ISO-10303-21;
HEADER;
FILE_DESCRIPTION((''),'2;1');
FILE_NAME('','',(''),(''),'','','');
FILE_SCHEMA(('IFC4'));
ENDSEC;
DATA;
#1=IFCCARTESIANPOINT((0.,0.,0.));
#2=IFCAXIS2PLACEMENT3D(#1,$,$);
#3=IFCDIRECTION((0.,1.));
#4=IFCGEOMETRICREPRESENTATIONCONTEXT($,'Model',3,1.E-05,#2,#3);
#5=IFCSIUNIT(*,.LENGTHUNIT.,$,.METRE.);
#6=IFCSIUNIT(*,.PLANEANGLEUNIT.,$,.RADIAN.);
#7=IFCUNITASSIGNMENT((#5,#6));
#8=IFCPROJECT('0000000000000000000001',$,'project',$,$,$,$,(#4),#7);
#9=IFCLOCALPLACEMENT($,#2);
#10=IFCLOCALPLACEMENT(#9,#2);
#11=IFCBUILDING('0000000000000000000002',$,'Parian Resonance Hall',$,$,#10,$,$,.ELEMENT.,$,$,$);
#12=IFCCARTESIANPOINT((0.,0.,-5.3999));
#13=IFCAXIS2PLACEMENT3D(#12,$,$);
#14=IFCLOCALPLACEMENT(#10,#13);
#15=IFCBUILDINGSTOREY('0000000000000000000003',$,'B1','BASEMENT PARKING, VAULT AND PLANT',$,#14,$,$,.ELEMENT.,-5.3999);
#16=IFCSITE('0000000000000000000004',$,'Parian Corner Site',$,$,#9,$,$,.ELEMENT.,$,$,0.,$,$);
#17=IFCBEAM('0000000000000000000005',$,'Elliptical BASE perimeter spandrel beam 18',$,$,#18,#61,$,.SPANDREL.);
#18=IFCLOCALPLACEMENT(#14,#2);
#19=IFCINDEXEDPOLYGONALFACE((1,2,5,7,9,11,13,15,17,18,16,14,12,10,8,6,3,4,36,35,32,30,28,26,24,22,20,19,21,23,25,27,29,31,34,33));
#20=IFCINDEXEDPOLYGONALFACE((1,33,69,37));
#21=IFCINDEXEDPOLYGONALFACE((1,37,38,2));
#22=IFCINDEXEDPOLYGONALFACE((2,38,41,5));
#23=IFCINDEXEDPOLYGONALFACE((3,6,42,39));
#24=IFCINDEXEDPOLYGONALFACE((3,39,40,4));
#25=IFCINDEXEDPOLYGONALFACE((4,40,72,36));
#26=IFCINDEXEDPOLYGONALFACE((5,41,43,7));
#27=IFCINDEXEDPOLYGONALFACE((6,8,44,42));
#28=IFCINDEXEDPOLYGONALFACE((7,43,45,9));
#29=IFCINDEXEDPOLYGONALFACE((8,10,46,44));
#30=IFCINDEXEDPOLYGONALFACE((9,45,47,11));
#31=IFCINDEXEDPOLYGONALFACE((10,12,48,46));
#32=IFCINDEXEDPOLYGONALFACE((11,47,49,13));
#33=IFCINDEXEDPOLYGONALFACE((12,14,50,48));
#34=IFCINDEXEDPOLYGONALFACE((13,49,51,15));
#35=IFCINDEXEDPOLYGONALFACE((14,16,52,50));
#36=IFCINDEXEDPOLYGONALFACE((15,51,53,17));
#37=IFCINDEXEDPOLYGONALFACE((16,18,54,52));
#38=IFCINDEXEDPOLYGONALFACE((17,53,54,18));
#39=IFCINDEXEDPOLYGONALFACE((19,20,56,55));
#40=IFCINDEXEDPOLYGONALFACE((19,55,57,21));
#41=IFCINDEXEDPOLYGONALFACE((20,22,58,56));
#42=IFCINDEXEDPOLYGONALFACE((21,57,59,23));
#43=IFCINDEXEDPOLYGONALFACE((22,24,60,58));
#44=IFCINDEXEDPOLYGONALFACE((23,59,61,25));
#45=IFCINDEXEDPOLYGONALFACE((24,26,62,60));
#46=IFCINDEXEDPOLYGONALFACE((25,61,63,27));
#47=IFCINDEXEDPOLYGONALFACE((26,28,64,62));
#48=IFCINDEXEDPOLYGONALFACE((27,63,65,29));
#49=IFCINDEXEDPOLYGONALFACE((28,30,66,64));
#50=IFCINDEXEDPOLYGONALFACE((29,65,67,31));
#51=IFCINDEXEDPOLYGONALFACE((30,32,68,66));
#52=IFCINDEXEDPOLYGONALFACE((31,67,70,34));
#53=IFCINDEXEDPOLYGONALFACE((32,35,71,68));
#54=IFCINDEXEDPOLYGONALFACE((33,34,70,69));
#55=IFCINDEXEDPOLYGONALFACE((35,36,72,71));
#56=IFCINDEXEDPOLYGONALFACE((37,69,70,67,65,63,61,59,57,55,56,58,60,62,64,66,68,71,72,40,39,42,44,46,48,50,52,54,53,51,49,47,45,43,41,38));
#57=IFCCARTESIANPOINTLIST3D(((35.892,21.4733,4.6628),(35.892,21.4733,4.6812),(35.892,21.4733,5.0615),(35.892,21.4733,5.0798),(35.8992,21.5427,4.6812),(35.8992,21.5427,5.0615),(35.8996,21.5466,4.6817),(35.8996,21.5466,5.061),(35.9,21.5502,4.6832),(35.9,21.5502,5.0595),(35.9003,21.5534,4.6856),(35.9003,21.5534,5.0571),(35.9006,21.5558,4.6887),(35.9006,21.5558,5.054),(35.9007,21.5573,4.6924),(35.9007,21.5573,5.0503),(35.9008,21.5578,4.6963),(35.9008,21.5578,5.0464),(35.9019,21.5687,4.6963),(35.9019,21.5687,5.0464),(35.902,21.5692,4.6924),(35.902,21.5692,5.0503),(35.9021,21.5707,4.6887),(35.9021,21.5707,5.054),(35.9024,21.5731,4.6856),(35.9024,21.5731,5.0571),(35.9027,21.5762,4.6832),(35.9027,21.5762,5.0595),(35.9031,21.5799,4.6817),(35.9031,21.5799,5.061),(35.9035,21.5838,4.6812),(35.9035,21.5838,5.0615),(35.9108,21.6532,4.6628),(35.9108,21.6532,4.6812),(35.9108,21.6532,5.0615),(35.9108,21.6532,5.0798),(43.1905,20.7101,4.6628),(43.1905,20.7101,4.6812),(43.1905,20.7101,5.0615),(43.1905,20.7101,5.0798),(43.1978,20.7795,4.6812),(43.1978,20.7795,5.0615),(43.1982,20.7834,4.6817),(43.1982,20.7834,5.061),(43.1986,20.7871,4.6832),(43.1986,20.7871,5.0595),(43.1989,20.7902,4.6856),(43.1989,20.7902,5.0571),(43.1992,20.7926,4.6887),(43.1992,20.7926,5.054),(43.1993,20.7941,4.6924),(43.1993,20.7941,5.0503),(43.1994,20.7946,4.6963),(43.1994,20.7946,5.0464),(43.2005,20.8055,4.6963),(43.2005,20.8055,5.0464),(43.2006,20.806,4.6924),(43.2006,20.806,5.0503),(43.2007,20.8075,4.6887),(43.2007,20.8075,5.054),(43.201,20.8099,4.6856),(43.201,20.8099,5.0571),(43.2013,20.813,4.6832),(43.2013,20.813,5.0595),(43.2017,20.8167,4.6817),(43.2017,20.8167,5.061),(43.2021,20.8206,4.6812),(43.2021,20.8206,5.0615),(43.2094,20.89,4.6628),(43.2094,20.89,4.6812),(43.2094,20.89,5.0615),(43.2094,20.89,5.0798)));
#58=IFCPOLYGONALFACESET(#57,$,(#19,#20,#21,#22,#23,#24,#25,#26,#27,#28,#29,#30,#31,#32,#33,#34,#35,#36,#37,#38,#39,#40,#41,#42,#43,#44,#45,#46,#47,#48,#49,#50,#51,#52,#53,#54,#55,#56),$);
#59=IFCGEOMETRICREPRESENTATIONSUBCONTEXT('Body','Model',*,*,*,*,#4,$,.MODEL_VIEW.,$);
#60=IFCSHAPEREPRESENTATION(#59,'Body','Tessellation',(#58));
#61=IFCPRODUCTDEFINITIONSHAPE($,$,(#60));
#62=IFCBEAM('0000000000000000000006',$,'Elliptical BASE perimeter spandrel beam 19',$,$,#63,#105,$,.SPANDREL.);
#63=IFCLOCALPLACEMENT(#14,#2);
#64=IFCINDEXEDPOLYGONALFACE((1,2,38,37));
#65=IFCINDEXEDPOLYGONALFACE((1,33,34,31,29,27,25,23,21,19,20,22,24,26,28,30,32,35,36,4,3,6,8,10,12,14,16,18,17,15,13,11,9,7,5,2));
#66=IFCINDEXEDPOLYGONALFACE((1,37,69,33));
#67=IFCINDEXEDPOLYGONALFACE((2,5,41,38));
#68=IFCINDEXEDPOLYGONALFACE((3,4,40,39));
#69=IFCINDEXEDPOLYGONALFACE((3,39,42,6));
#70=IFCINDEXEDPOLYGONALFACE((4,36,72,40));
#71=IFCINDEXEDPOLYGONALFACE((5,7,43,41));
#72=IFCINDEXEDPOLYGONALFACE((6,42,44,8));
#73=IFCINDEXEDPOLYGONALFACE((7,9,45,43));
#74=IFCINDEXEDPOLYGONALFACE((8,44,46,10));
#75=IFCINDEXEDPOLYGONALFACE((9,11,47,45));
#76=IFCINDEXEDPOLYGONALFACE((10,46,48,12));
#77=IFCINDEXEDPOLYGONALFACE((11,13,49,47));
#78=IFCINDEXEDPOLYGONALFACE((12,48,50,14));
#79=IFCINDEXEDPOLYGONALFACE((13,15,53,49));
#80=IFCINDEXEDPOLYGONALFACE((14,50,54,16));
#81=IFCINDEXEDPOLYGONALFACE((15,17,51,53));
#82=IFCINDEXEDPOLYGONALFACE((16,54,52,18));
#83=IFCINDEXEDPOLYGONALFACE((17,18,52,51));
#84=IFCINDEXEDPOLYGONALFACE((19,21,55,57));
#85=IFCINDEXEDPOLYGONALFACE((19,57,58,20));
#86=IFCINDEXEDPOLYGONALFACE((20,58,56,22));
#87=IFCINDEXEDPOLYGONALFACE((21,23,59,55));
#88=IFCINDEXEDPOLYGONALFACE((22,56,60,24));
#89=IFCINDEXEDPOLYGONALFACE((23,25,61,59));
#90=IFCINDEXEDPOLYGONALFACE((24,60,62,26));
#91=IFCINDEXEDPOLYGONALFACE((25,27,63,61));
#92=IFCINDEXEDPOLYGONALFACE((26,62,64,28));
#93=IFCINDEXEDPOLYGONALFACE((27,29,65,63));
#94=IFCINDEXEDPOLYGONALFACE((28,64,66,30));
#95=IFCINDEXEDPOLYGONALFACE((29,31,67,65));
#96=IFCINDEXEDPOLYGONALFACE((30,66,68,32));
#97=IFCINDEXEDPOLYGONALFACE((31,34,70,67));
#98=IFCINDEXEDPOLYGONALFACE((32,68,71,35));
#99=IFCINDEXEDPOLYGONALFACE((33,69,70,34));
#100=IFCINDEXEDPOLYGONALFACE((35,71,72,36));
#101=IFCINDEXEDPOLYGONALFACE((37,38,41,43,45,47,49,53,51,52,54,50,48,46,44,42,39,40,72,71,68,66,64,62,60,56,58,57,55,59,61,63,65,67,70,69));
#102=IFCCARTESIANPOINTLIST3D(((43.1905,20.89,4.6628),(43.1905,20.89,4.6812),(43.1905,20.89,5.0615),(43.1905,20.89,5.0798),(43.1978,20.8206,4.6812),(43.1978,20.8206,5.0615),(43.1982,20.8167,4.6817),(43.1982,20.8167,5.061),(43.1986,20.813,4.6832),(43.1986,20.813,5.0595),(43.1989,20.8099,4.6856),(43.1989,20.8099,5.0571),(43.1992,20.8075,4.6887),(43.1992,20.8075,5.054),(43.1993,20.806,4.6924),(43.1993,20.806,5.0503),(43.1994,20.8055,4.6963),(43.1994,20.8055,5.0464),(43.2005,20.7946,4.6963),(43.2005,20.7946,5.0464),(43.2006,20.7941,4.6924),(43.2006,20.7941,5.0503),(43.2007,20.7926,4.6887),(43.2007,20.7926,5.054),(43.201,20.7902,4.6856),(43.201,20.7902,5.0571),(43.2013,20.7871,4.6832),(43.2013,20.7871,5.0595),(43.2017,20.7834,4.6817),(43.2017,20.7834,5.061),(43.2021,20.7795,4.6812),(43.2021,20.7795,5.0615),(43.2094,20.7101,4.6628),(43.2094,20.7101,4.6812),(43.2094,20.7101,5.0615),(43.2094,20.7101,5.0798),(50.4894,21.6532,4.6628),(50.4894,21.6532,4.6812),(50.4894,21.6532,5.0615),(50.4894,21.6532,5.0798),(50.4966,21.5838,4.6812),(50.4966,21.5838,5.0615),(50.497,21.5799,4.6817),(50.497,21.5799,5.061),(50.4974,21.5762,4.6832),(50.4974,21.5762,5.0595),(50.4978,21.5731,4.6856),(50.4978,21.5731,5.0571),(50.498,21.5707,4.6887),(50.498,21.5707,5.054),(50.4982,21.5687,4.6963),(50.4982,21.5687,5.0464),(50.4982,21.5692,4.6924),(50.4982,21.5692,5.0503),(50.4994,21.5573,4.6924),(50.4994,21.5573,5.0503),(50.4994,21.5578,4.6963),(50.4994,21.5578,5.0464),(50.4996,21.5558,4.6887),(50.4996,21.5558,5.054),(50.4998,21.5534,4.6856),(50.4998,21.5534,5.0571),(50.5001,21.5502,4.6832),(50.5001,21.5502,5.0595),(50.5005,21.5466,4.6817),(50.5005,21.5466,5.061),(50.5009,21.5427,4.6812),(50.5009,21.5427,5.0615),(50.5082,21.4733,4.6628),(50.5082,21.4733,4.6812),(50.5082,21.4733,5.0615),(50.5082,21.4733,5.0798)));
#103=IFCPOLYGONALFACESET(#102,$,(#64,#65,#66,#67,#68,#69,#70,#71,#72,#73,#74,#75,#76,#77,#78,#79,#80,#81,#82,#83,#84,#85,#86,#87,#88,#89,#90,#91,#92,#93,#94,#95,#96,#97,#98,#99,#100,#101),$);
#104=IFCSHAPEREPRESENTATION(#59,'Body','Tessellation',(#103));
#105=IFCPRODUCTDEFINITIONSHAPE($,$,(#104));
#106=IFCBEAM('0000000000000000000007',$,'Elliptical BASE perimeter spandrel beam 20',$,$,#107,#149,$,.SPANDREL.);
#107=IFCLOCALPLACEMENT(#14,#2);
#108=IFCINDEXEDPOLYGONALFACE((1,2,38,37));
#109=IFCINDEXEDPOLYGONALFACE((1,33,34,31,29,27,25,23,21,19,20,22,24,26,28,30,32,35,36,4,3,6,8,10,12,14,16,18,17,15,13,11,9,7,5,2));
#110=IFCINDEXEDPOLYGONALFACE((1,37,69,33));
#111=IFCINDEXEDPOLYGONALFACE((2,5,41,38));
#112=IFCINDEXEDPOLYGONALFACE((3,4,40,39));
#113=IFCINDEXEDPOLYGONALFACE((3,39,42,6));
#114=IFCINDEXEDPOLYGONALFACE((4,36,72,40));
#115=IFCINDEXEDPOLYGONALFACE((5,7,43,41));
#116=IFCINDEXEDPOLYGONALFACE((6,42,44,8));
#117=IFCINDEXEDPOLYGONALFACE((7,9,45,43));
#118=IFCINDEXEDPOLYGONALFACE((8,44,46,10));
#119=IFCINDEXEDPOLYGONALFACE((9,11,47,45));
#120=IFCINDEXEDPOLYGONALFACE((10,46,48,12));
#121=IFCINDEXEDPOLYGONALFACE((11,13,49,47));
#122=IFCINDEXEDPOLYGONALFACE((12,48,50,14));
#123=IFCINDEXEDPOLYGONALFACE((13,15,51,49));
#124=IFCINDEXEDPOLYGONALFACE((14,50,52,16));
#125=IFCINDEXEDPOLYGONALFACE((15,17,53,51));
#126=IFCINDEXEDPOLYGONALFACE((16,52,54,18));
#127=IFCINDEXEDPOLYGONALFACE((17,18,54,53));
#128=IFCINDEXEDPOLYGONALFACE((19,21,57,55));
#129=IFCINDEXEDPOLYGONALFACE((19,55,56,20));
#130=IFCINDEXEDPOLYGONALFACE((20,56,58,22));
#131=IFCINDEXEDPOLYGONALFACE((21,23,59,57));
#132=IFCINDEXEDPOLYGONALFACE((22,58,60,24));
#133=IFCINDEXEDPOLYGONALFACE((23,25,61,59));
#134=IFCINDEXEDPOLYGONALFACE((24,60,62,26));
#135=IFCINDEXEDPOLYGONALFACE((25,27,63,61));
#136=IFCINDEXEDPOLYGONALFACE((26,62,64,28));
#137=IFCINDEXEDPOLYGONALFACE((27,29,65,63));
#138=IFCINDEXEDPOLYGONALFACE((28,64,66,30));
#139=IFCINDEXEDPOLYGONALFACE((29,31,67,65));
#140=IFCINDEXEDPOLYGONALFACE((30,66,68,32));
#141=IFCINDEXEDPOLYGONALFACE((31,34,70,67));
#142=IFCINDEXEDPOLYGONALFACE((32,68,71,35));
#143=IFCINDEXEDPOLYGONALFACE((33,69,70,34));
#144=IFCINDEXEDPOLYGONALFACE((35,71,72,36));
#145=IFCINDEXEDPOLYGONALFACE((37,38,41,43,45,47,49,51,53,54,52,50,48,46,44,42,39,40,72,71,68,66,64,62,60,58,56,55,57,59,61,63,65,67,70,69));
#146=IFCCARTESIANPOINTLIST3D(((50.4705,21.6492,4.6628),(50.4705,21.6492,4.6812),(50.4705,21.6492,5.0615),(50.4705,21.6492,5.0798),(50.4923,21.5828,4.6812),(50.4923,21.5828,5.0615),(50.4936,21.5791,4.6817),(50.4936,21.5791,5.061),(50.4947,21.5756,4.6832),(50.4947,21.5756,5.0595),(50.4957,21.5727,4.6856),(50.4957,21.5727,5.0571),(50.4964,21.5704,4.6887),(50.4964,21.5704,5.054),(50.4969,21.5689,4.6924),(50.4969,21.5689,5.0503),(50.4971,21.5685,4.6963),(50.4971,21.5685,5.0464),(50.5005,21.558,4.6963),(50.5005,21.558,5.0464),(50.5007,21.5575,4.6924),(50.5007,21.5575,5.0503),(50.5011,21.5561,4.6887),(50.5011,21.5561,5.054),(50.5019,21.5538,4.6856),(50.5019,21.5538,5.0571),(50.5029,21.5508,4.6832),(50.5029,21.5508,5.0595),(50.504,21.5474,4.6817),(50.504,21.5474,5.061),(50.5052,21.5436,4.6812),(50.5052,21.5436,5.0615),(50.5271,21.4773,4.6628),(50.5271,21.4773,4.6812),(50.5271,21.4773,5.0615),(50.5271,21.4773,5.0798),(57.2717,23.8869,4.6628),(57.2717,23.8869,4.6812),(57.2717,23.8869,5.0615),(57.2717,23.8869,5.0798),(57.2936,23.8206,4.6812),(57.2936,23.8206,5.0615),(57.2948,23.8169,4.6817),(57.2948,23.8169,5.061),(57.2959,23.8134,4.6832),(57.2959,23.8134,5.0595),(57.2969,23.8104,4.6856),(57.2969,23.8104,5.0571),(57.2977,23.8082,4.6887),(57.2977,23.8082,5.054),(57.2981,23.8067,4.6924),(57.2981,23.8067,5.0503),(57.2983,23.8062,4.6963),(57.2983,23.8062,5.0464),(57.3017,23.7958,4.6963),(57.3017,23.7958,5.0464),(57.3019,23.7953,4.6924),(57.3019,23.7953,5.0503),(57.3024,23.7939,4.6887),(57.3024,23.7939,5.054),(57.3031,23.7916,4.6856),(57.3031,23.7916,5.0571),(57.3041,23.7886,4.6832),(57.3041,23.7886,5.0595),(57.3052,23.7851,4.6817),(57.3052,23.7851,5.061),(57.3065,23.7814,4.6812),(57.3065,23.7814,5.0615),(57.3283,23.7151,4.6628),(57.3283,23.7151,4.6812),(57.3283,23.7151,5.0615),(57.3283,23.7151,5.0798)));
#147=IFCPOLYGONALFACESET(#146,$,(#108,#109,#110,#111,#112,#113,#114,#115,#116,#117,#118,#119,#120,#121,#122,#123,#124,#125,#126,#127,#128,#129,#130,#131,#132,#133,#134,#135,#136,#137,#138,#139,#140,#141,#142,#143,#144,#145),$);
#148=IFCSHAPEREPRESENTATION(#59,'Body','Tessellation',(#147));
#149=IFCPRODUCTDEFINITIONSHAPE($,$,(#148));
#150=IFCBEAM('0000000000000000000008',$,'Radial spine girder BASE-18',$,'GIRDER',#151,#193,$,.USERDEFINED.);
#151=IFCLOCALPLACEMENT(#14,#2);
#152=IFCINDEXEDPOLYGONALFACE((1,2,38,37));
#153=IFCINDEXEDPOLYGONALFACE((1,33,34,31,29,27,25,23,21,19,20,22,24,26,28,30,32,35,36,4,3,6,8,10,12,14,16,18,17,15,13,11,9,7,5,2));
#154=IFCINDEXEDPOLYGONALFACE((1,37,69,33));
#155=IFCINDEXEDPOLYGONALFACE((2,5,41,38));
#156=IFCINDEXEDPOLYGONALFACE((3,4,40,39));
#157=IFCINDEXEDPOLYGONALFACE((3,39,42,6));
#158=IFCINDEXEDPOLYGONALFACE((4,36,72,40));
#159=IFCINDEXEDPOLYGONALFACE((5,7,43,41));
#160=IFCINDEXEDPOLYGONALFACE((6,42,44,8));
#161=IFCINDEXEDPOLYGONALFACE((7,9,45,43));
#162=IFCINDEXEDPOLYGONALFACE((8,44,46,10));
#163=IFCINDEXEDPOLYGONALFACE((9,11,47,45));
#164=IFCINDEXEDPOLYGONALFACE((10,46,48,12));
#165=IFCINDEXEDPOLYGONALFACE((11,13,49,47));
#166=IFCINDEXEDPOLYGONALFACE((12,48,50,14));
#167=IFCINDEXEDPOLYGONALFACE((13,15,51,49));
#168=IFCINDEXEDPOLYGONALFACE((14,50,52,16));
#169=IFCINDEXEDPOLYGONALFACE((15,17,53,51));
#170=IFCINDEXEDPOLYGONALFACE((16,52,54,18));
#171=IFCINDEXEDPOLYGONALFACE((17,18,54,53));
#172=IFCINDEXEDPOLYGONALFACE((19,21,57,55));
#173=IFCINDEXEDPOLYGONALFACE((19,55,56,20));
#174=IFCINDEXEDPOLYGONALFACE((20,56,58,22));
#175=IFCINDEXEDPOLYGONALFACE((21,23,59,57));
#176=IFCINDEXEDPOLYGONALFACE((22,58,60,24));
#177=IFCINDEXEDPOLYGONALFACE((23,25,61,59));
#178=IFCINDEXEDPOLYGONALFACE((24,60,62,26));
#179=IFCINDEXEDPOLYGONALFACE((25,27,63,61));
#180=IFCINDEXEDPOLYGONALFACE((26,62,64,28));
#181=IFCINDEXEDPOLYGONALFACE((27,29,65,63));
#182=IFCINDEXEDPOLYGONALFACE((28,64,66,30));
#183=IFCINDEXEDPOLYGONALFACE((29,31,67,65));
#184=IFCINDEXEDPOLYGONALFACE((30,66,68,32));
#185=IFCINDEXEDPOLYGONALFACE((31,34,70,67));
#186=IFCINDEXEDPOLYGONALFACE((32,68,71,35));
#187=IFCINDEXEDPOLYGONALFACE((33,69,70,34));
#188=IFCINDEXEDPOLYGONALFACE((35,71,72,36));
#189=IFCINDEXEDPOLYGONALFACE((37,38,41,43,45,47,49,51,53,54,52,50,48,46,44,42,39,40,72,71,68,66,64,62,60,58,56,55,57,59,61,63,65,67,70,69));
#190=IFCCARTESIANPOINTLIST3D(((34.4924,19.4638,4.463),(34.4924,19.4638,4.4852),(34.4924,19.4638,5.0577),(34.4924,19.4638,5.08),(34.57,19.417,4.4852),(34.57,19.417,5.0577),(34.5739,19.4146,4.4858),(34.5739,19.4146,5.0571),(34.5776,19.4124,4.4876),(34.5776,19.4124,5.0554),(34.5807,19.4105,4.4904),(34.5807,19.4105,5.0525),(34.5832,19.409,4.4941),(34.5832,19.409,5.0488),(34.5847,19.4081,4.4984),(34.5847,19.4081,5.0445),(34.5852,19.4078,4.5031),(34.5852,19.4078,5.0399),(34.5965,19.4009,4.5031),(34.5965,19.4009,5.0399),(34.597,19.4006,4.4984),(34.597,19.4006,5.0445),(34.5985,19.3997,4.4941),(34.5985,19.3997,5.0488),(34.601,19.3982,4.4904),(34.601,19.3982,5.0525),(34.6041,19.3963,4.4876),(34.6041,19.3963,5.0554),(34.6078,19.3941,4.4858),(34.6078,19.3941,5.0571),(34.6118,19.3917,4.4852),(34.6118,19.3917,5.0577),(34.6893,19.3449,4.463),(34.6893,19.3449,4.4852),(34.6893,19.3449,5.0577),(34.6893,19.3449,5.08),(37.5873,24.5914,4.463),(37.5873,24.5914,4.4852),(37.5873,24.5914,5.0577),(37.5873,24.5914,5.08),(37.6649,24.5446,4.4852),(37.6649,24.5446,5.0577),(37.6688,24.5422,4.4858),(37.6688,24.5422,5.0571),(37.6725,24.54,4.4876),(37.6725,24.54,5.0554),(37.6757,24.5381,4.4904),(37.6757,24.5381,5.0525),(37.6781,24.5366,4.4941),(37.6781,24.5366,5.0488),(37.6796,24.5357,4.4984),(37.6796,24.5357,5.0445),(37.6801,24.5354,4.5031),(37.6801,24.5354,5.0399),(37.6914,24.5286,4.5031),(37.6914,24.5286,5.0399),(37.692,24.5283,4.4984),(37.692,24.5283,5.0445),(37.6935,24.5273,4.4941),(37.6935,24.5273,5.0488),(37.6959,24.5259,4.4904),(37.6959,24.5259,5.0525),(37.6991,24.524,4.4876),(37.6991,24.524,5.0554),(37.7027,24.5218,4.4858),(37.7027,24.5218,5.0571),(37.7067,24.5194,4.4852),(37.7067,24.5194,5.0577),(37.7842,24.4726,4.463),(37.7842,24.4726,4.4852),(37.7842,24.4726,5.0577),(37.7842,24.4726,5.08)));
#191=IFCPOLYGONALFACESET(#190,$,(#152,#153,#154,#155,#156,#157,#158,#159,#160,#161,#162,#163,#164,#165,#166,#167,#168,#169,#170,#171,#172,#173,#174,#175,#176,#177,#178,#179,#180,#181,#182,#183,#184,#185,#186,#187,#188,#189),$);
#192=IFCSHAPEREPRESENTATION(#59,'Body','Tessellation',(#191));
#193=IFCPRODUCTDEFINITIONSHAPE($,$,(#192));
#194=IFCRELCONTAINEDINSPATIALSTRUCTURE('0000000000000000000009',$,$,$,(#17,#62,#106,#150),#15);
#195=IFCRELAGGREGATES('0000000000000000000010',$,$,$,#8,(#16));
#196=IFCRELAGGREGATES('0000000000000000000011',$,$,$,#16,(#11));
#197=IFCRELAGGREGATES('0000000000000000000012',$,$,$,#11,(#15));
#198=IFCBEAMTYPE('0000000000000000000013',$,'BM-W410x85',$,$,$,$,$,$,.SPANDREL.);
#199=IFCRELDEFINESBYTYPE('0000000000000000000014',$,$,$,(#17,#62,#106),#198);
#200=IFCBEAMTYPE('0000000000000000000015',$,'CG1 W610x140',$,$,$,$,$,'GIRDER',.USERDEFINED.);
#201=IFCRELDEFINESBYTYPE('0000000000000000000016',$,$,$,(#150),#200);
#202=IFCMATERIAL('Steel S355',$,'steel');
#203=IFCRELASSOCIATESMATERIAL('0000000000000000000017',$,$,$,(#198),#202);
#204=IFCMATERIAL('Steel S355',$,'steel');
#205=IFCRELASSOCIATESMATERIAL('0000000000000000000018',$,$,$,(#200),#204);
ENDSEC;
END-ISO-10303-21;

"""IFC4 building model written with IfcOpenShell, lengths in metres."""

from ifc_helpers import new_model, si_unit, direction, frame, origin, origin_2d, place, context, subcontext, project, spatial, i_section, extrude, material, material_profile, profile_set, type_object, element, save


model = new_model("IFC4")

# Units and contexts
model_context = context("Model", 3, precision=1e-05, world=origin(), true_north=direction((0.0, 1.0)))
body_context = subcontext(model_context, "Body", "Model", "MODEL_VIEW")
ifc_project = project(units=[si_unit("LENGTHUNIT", "METRE"), si_unit("PLANEANGLEUNIT", "RADIAN")], contexts=[model_context])

# Site, building, storey
site_placement = place(None, origin())
site = spatial("IfcSite", under=ifc_project, at=site_placement, Name="Parian Corner Site", CompositionType="ELEMENT", RefElevation=0.0)
building_placement = place(site_placement, origin())
building = spatial("IfcBuilding", under=site, at=building_placement, Name="Parian Resonance Hall", CompositionType="ELEMENT")
storey_placement = place(building_placement, frame((0.0, 0.0, -5.3999)))
storey = spatial("IfcBuildingStorey", under=building, at=storey_placement, Name="B1", Description="BASEMENT PARKING, VAULT AND PLANT", CompositionType="ELEMENT", Elevation=-5.3999)

# Beams
ifc_material_1 = material(Name="Steel S355", Category="steel")
ifc_material_profile_1 = material_profile(ifc_material_1, i_section(OverallWidth=0.1809, OverallDepth=0.417, WebThickness=0.011, FlangeThickness=0.0183, FilletRadius=0.0151, at=origin_2d()), Name="W410x85")
ifc_profile_set_1 = profile_set([ifc_material_profile_1], Name="Steel S355")
beam_type_1 = type_object("IfcBeamType", Name="BM-W410x85", PredefinedType="SPANDREL", material=ifc_profile_set_1)
beam_1_placement = place(storey_placement, frame((35.9014, 21.5632, 4.8713), z_axis=(0.994577, -0.103999, 0.0), x_axis=(0.103999, 0.994577, 0.0)))
element("IfcBeam", 1, at=beam_1_placement, inside=storey, type_object=beam_type_1, Name="Elliptical BASE perimeter spandrel beam 18", PredefinedType="SPANDREL", context=body_context, shape_type="SweptSolid", body=[
    extrude(i_section(OverallWidth=0.1809, OverallDepth=0.417, WebThickness=0.011, FlangeThickness=0.0183, FilletRadius=0.0151, at=origin_2d()), origin(), (0.0, 0.0, 1.0), 7.3384),
])
beam_2_placement = place(storey_placement, frame((43.2, 20.8, 4.8713), z_axis=(0.994578, 0.103996, 0.0), x_axis=(-0.103996, 0.994578, 0.0)))
element("IfcBeam", 2, at=beam_2_placement, inside=storey, type_object=beam_type_1, Name="Elliptical BASE perimeter spandrel beam 19", PredefinedType="SPANDREL", context=body_context, shape_type="SweptSolid", body=[
    extrude(i_section(OverallWidth=0.1809, OverallDepth=0.417, WebThickness=0.011, FlangeThickness=0.0183, FilletRadius=0.0151, at=origin_2d()), origin(), (0.0, 0.0, 1.0), 7.3386),
])
beam_3_placement = place(storey_placement, frame((50.4988, 21.5632, 4.8713), z_axis=(0.949904, 0.312543, 0.0), x_axis=(-0.312543, 0.949904, 0.0)))
element("IfcBeam", 3, at=beam_3_placement, inside=storey, type_object=beam_type_1, Name="Elliptical BASE perimeter spandrel beam 20", PredefinedType="SPANDREL", context=body_context, shape_type="SweptSolid", body=[
    extrude(i_section(OverallWidth=0.1809, OverallDepth=0.417, WebThickness=0.011, FlangeThickness=0.0183, FilletRadius=0.0151, at=origin_2d()), origin(), (0.0, 0.0, 1.0), 7.1599),
])
ifc_material_2 = material(Name="Steel S355", Category="steel")
ifc_material_profile_2 = material_profile(ifc_material_2, i_section(OverallWidth=0.23, OverallDepth=0.6169, WebThickness=0.0132, FlangeThickness=0.0222, FilletRadius=0.0178, at=origin_2d()), Name="W610x140")
ifc_profile_set_2 = profile_set([ifc_material_profile_2], Name="Steel S355")
beam_type_2 = type_object("IfcBeamType", Name="CG1 W610x140", ElementType="GIRDER", PredefinedType="USERDEFINED", material=ifc_profile_set_2)
beam_4_placement = place(storey_placement, frame((37.6858, 24.532, 4.7715), z_axis=(-0.516748, -0.856138, 0.0), x_axis=(0.856138, -0.516748, 0.0)))
element("IfcBeam", 4, at=beam_4_placement, inside=storey, type_object=beam_type_2, Name="Radial spine girder BASE-18", ObjectType="GIRDER", PredefinedType="USERDEFINED", context=body_context, shape_type="SweptSolid", body=[
    extrude(i_section(OverallWidth=0.23, OverallDepth=0.6169, WebThickness=0.0132, FlangeThickness=0.0222, FilletRadius=0.0178, at=origin_2d()), origin(), (0.0, 0.0, 1.0), 5.9893),
])

save(model, "model.ifc")
